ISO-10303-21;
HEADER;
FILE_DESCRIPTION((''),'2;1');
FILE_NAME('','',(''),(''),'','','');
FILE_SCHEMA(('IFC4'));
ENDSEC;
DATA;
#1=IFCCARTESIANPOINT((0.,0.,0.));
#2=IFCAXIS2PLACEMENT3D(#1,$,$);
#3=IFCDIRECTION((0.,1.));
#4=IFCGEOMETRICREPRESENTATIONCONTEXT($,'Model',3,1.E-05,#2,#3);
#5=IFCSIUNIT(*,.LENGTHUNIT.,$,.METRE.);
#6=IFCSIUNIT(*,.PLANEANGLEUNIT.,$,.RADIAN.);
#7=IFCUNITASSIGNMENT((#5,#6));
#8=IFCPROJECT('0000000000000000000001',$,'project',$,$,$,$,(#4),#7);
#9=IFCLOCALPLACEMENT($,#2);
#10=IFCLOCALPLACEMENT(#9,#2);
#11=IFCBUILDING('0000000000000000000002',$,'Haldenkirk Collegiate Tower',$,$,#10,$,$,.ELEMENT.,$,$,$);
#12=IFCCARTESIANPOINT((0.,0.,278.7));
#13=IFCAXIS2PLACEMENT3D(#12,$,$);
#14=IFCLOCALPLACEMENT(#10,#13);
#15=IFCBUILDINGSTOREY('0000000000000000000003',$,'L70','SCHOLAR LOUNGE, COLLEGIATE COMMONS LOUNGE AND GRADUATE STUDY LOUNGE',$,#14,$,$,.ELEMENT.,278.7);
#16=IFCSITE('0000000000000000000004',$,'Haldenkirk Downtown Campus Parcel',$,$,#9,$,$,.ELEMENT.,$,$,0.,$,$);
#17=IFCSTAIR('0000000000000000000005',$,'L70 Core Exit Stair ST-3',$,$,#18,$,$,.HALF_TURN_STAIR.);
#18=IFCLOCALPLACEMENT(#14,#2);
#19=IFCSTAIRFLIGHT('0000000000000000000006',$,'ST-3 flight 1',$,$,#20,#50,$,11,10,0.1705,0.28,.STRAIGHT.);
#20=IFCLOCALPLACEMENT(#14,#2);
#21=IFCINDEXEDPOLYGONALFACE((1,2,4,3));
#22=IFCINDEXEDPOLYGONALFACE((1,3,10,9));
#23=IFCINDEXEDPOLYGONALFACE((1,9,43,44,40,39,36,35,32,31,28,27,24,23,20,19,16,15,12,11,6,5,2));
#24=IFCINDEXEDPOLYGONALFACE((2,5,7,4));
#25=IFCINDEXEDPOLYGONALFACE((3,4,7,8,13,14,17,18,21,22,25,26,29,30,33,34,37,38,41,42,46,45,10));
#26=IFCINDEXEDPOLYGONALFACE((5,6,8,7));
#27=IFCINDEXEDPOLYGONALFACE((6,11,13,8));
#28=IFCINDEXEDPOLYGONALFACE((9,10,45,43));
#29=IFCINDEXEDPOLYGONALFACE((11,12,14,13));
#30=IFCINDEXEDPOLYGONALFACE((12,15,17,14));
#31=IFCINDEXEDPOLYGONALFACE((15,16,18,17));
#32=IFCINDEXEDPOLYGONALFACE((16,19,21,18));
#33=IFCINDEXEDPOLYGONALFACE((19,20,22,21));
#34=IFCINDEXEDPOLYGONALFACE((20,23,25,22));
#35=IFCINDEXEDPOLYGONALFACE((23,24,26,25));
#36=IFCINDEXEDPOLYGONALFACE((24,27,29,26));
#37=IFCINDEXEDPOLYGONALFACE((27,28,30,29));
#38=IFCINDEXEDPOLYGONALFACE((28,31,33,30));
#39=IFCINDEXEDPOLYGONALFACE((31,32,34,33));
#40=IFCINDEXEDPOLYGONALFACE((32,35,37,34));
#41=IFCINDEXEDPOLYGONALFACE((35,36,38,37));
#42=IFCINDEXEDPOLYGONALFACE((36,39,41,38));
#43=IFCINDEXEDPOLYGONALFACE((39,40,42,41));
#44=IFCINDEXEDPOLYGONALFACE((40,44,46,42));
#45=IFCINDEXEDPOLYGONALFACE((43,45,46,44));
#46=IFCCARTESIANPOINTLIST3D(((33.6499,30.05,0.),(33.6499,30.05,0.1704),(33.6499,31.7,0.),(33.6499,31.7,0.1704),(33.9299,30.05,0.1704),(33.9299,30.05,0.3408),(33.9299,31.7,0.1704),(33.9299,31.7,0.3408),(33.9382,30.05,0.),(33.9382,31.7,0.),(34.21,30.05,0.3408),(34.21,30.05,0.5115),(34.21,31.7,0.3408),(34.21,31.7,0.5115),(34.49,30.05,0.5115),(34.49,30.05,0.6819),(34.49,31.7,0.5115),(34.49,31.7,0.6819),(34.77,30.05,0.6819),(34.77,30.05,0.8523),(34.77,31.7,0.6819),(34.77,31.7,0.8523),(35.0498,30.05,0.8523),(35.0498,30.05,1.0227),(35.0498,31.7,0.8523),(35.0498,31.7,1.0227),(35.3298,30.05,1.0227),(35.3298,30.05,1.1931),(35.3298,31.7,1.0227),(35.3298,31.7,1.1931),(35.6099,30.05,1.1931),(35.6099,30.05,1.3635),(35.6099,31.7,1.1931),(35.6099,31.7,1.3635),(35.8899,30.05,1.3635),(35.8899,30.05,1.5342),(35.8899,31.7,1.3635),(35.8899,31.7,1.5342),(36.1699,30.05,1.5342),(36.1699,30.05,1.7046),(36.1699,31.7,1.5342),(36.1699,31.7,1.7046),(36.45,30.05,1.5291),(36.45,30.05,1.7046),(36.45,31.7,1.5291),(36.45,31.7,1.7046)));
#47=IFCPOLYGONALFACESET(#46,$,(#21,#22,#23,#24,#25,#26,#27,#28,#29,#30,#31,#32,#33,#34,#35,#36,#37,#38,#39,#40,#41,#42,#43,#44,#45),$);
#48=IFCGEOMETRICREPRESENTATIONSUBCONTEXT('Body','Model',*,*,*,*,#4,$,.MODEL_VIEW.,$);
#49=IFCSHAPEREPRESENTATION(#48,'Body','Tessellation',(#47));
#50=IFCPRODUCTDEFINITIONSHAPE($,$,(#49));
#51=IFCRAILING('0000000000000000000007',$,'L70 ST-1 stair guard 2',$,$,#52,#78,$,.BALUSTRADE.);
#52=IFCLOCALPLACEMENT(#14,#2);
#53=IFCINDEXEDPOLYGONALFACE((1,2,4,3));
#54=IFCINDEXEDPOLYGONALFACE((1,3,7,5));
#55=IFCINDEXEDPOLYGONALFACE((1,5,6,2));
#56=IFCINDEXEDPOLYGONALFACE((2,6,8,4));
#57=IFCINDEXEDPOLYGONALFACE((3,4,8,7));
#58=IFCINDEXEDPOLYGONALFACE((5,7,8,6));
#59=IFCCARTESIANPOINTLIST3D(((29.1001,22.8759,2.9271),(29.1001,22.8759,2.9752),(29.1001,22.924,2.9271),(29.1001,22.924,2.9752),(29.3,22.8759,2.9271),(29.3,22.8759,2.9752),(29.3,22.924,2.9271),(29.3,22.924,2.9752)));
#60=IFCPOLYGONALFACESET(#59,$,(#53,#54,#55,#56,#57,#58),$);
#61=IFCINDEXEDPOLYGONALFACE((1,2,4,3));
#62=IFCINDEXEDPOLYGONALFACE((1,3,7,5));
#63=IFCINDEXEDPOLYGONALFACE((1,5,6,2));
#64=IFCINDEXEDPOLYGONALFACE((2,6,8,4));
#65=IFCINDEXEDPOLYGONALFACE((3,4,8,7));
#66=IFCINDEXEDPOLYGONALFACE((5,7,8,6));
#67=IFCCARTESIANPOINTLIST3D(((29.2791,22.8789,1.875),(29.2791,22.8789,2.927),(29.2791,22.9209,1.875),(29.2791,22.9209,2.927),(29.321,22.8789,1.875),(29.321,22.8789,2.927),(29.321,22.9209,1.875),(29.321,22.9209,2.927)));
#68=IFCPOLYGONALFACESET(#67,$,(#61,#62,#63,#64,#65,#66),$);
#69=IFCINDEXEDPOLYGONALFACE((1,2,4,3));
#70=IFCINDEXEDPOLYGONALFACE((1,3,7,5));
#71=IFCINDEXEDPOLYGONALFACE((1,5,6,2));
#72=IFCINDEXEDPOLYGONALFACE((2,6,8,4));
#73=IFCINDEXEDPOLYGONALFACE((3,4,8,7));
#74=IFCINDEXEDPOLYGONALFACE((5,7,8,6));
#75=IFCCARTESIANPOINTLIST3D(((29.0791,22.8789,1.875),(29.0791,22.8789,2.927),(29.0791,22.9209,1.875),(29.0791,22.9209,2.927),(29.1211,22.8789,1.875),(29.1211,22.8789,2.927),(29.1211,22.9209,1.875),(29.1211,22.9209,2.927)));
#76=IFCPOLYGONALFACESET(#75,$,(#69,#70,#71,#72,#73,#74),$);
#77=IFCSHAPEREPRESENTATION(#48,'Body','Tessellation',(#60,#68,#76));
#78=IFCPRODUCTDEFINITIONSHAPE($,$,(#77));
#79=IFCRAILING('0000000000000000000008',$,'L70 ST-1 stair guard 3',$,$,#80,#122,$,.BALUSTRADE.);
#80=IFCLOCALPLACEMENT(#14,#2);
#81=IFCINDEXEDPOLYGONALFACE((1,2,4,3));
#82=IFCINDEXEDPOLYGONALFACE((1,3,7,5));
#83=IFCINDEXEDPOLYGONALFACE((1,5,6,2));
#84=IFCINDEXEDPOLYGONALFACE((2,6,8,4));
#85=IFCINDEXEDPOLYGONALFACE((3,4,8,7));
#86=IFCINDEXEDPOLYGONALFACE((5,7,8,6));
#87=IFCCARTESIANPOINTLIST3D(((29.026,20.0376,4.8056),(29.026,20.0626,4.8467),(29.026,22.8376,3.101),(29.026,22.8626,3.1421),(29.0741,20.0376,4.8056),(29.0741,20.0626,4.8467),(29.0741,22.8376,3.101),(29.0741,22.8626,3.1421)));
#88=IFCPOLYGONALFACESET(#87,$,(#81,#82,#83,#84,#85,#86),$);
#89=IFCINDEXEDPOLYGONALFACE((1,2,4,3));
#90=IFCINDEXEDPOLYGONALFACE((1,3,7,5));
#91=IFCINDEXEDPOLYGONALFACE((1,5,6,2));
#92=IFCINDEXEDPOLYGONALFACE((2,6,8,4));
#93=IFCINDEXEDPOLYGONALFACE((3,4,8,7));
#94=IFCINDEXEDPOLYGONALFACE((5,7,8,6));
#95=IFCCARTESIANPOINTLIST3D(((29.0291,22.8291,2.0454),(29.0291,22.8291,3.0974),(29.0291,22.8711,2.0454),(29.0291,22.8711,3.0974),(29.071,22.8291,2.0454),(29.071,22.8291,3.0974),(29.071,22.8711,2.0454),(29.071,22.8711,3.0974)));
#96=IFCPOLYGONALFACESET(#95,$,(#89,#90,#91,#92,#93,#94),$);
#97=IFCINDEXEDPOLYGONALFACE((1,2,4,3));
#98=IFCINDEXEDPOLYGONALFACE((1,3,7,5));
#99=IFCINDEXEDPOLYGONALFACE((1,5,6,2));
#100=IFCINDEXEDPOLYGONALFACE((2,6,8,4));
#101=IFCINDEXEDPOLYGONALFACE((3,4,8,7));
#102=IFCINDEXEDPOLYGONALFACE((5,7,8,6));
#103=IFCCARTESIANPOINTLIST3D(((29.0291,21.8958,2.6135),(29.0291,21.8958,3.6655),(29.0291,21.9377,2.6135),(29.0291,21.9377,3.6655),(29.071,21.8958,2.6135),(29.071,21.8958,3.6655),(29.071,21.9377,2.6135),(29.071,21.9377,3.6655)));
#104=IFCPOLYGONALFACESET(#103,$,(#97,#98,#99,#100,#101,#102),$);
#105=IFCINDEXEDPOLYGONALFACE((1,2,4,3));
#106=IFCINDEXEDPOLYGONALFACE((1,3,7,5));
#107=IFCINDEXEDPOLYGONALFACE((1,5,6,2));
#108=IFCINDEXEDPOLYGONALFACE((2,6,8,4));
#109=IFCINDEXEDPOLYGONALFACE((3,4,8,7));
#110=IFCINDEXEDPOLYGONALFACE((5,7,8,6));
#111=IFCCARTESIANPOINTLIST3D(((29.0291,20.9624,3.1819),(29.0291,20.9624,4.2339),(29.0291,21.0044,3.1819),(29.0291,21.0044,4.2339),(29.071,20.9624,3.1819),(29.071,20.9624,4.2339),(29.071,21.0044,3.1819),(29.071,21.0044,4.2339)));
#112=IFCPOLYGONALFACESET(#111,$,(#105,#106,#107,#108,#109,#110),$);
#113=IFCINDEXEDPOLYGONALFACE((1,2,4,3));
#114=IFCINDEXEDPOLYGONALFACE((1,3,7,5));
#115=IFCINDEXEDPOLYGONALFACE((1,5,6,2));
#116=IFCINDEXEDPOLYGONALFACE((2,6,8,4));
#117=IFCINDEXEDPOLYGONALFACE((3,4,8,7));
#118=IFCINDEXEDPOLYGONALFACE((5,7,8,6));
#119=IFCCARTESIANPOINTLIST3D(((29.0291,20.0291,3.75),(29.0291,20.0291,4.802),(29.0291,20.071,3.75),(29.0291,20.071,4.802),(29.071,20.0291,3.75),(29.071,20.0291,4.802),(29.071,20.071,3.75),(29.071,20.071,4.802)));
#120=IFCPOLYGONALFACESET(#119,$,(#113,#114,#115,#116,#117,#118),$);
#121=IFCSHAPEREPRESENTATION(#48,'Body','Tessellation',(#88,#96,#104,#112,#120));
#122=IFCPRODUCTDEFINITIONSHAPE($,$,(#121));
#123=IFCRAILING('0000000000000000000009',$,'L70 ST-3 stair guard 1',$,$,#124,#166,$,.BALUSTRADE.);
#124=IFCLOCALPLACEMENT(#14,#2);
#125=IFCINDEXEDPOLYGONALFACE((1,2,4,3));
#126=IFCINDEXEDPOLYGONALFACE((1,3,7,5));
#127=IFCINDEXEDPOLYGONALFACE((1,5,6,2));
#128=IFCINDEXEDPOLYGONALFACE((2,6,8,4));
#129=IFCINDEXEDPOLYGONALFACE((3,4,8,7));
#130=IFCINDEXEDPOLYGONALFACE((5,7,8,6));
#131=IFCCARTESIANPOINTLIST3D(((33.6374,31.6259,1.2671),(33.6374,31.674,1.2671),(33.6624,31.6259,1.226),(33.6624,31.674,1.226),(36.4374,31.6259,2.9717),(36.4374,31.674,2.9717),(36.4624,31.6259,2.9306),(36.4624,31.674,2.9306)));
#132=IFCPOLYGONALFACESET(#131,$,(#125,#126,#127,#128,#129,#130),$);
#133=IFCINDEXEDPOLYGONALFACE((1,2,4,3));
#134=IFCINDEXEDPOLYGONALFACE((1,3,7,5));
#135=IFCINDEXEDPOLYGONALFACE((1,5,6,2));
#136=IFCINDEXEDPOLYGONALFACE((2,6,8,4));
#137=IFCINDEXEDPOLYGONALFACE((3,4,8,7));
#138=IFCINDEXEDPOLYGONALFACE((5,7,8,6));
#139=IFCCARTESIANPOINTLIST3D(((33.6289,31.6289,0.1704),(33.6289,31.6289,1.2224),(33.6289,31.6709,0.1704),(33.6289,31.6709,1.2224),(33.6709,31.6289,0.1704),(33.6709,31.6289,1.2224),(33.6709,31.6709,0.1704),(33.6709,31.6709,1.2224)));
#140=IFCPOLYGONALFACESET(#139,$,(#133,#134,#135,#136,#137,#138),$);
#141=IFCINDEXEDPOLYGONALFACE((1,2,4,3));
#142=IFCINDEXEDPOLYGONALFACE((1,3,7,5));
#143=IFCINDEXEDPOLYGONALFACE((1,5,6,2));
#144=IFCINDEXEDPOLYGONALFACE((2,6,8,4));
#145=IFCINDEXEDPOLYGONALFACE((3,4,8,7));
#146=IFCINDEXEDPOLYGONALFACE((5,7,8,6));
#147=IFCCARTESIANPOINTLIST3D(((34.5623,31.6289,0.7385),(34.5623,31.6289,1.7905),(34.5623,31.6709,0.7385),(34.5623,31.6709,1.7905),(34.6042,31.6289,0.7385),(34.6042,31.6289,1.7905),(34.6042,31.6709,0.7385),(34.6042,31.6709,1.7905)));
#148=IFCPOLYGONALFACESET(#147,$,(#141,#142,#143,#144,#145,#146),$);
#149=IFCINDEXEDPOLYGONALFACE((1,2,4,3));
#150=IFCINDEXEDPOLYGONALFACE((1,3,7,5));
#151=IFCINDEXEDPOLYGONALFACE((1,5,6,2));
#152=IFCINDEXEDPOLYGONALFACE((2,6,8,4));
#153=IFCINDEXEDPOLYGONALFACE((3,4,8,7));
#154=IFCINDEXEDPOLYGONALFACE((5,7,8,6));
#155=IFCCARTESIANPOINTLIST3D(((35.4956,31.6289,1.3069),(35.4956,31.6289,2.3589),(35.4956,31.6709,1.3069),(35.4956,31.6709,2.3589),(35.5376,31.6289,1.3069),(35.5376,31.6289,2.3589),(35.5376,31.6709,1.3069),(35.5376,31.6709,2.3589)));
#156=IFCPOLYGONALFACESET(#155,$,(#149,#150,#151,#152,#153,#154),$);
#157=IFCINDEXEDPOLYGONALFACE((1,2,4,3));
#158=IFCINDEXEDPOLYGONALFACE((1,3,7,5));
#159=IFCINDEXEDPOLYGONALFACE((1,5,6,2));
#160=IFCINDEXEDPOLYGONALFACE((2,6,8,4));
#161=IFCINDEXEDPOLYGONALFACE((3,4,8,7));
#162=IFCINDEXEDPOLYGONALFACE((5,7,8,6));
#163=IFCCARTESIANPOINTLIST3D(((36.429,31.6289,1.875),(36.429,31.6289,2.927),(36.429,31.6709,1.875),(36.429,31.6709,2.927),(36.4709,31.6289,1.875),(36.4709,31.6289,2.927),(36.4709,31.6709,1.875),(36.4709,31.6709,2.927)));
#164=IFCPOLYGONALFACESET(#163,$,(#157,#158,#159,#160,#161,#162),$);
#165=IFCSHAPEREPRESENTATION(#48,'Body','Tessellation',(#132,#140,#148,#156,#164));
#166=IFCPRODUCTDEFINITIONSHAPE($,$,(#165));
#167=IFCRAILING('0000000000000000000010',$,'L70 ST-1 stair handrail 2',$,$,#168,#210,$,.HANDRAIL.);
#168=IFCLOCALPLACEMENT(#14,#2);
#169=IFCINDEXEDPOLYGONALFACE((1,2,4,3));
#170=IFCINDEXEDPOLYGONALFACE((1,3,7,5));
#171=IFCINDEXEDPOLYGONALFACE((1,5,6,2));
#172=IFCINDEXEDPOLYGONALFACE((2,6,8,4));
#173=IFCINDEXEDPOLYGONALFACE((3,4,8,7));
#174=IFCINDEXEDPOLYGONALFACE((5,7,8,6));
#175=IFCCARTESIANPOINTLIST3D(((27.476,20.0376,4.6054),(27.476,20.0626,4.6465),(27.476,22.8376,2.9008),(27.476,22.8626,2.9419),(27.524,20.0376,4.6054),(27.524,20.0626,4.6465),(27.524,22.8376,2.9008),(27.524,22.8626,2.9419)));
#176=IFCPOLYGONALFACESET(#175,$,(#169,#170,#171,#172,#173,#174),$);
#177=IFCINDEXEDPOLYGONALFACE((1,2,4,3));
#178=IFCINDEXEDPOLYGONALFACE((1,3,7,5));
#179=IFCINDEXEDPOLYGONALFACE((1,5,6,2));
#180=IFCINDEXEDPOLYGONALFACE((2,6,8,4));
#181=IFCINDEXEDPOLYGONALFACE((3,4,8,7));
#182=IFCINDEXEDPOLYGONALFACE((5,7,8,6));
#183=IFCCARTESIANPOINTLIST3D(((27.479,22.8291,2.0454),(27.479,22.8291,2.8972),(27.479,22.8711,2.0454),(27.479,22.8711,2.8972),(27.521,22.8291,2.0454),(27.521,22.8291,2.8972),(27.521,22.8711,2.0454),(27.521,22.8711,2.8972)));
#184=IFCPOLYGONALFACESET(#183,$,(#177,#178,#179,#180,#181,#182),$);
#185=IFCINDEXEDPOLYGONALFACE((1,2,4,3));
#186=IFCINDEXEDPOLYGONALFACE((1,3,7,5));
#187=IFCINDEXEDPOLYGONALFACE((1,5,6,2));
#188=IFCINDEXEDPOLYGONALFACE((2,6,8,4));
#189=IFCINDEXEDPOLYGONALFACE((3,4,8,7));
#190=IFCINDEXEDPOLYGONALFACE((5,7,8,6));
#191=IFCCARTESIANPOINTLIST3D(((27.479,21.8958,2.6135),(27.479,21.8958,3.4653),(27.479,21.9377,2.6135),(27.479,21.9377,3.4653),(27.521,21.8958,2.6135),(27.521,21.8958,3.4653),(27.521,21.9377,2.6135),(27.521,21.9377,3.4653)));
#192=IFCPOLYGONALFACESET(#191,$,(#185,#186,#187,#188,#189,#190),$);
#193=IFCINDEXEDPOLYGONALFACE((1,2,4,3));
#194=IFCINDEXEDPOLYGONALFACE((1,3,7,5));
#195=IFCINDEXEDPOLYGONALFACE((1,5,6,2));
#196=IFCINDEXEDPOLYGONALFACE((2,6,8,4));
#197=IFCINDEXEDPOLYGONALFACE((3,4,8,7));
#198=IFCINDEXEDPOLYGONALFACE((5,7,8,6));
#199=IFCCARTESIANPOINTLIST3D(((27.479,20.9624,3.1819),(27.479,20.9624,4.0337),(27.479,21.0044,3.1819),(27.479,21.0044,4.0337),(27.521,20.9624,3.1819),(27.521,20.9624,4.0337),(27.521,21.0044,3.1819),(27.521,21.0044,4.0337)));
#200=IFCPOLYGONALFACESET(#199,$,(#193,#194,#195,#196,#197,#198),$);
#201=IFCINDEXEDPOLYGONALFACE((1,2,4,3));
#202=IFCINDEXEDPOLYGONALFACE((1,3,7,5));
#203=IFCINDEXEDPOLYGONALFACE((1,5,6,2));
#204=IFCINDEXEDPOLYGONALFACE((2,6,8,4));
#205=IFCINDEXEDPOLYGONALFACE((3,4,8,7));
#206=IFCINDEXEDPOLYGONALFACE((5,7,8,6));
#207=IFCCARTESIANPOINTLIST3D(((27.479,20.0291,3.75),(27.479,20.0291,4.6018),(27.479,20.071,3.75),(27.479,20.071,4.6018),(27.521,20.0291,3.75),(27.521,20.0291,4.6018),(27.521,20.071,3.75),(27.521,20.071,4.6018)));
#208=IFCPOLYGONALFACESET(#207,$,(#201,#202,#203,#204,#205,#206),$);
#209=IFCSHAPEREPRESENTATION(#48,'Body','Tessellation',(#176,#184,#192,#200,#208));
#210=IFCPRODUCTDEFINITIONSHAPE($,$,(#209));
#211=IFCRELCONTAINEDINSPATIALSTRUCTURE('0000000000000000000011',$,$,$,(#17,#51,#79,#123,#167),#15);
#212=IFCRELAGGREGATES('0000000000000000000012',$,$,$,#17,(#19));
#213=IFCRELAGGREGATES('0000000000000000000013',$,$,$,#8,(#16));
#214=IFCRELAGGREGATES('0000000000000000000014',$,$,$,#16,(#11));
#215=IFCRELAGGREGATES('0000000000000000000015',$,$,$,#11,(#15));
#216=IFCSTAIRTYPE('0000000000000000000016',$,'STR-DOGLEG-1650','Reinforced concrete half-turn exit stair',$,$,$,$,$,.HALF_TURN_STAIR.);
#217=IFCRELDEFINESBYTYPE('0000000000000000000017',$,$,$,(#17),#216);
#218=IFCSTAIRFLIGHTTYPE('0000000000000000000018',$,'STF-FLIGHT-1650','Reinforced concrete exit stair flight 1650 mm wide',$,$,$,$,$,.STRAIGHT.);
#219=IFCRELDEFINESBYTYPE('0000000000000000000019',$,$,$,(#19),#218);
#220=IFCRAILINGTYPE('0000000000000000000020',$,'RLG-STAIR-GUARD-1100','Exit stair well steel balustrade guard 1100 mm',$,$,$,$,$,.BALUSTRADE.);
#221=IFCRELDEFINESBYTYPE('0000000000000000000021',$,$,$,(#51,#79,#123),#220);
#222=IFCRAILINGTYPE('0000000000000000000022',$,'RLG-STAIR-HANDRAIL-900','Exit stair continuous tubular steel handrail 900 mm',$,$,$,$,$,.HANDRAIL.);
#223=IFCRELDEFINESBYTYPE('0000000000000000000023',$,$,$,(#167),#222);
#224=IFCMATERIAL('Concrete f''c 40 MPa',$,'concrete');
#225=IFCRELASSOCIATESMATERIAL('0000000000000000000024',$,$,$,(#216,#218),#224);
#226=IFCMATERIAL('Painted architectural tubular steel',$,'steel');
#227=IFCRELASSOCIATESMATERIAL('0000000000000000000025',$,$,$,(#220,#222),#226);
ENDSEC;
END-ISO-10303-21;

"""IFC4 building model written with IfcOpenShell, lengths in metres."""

from ifc_helpers import new_model, si_unit, direction, frame, origin, origin_2d, place, context, subcontext, project, spatial, polyline, rectangle, outline, extrude, material, type_object, element, aggregate, save


model = new_model("IFC4")

# Units and contexts
model_context = context("Model", 3, precision=1e-05, world=origin(), true_north=direction((0.0, 1.0)))
body_context = subcontext(model_context, "Body", "Model", "MODEL_VIEW")
ifc_project = project(units=[si_unit("LENGTHUNIT", "METRE"), si_unit("PLANEANGLEUNIT", "RADIAN")], contexts=[model_context])

# Site, building, storey
site_placement = place(None, origin())
site = spatial("IfcSite", under=ifc_project, at=site_placement, Name="Haldenkirk Downtown Campus Parcel", CompositionType="ELEMENT", RefElevation=0.0)
building_placement = place(site_placement, origin())
building = spatial("IfcBuilding", under=site, at=building_placement, Name="Haldenkirk Collegiate Tower", CompositionType="ELEMENT")
storey_placement = place(building_placement, frame((0.0, 0.0, 278.7)))
storey = spatial("IfcBuildingStorey", under=building, at=storey_placement, Name="L70", Description="SCHOLAR LOUNGE, COLLEGIATE COMMONS LOUNGE AND GRADUATE STUDY LOUNGE", CompositionType="ELEMENT", Elevation=278.7)

# Stair, stair flight
ifc_material_1 = material(Name="Concrete f'c 40 MPa", Category="concrete")
stair_type = type_object("IfcStairType", Name="STR-DOGLEG-1650", Description="Reinforced concrete half-turn exit stair", PredefinedType="HALF_TURN_STAIR", material=ifc_material_1)
stair_flight_type = type_object("IfcStairFlightType", Name="STF-FLIGHT-1650", Description="Reinforced concrete exit stair flight 1650 mm wide", PredefinedType="STRAIGHT", material=ifc_material_1)
stair_1_placement = place(storey_placement, origin())
stair_1 = element("IfcStair", 1, at=stair_1_placement, inside=storey, type_object=stair_type, Name="L70 Core Exit Stair ST-3", PredefinedType="HALF_TURN_STAIR")
stair_flight_1_placement = place(storey_placement, frame((33.6499, 30.875, 0.0), z_axis=(0.0, 0.0, 1.0), x_axis=(1.0, 0.0, 0.0)))
stair_flight_1 = element("IfcStairFlight", 2, at=stair_flight_1_placement, type_object=stair_flight_type, Name="ST-3 flight 1", NumberOfRisers=11, NumberOfTreads=10, PredefinedType="STRAIGHT", RiserHeight=0.1705, TreadLength=0.28, context=body_context, shape_type="SweptSolid", body=[
    extrude(outline(polyline([(0.0, 0.0), (0.0, 0.1704), (0.28, 0.1704), (0.28, 0.3408), (0.5601, 0.3408), (0.5601, 0.5115), (0.8401, 0.5115), (0.8401, 0.6819), (1.1201, 0.6819), (1.1201, 0.8523), (1.3999, 0.8523), (1.3999, 1.0227), (1.6799, 1.0227), (1.6799, 1.1931), (1.96, 1.1931), (1.96, 1.3635), (2.24, 1.3635), (2.24, 1.5342), (2.52, 1.5342), (2.52, 1.7046), (2.8, 1.7046), (2.8, 1.875), (2.8, 1.5291), (0.2883, 0.0), (0.0, 0.0)])), frame((0.0, 0.825, 0.0), z_axis=(0.0, -1.0, 0.0), x_axis=(1.0, 0.0, 0.0)), (0.0, 0.0, 1.0), 1.6499),
])
aggregate(stair_1, [stair_flight_1])

# Railings
ifc_material_2 = material(Name="Painted architectural tubular steel", Category="steel")
railing_type_1 = type_object("IfcRailingType", Name="RLG-STAIR-GUARD-1100", Description="Exit stair well steel balustrade guard 1100 mm", PredefinedType="BALUSTRADE", material=ifc_material_2)
railing_1_placement = place(storey_placement, frame((29.3, 22.8999, 1.875)))
element("IfcRailing", 3, at=railing_1_placement, inside=storey, type_object=railing_type_1, Name="L70 ST-1 stair guard 2", PredefinedType="BALUSTRADE", context=body_context, shape_type="SweptSolid", body=[
    extrude(rectangle(XDim=0.0481, YDim=0.0481, at=origin_2d()), frame((0.0, 0.0, 1.0762), z_axis=(-1.0, 0.0, 0.0), x_axis=(0.0, -1.0, 0.0)), (0.0, 0.0, 1.0), 0.2),
    extrude(rectangle(XDim=0.042, YDim=0.042, at=origin_2d()), origin(), (0.0, 0.0, 1.0), 1.052),
    extrude(rectangle(XDim=0.042, YDim=0.042, at=origin_2d()), frame((-0.2, 0.0, 0.0)), (0.0, 0.0, 1.0), 1.052),
])
railing_2_placement = place(storey_placement, frame((29.05, 22.8501, 2.0454)))
element("IfcRailing", 4, at=railing_2_placement, inside=storey, type_object=railing_type_1, Name="L70 ST-1 stair guard 3", PredefinedType="BALUSTRADE", context=body_context, shape_type="SweptSolid", body=[
    extrude(rectangle(XDim=0.0481, YDim=0.0481, at=origin_2d()), frame((0.0, 0.0, 1.0762), z_axis=(0.0, -0.85417, 0.519994), x_axis=(1.0, 0.0, 0.0)), (0.0, 0.0, 1.0), 3.2781),
    extrude(rectangle(XDim=0.042, YDim=0.042, at=origin_2d()), origin(), (0.0, 0.0, 1.0), 1.052),
    extrude(rectangle(XDim=0.042, YDim=0.042, at=origin_2d()), frame((0.0, -0.9333, 0.5681)), (0.0, 0.0, 1.0), 1.052),
    extrude(rectangle(XDim=0.042, YDim=0.042, at=origin_2d()), frame((0.0, -1.8667, 1.1365)), (0.0, 0.0, 1.0), 1.052),
    extrude(rectangle(XDim=0.042, YDim=0.042, at=origin_2d()), frame((0.0, -2.8, 1.7046)), (0.0, 0.0, 1.0), 1.052),
])
railing_3_placement = place(storey_placement, frame((33.6499, 31.6499, 0.1704)))
element("IfcRailing", 5, at=railing_3_placement, inside=storey, type_object=railing_type_1, Name="L70 ST-3 stair guard 1", PredefinedType="BALUSTRADE", context=body_context, shape_type="SweptSolid", body=[
    extrude(rectangle(XDim=0.0481, YDim=0.0481, at=origin_2d()), frame((0.0, 0.0, 1.0762), z_axis=(0.85417, 0.0, 0.519994), x_axis=(0.0, 1.0, 0.0)), (0.0, 0.0, 1.0), 3.2781),
    extrude(rectangle(XDim=0.042, YDim=0.042, at=origin_2d()), origin(), (0.0, 0.0, 1.0), 1.052),
    extrude(rectangle(XDim=0.042, YDim=0.042, at=origin_2d()), frame((0.9333, 0.0, 0.5681)), (0.0, 0.0, 1.0), 1.052),
    extrude(rectangle(XDim=0.042, YDim=0.042, at=origin_2d()), frame((1.8667, 0.0, 1.1365)), (0.0, 0.0, 1.0), 1.052),
    extrude(rectangle(XDim=0.042, YDim=0.042, at=origin_2d()), frame((2.8, 0.0, 1.7046)), (0.0, 0.0, 1.0), 1.052),
])
railing_type_2 = type_object("IfcRailingType", Name="RLG-STAIR-HANDRAIL-900", Description="Exit stair continuous tubular steel handrail 900 mm", PredefinedType="HANDRAIL", material=ifc_material_2)
railing_4_placement = place(storey_placement, frame((27.5, 22.8501, 2.0454)))
element("IfcRailing", 6, at=railing_4_placement, inside=storey, type_object=railing_type_2, Name="L70 ST-1 stair handrail 2", PredefinedType="HANDRAIL", context=body_context, shape_type="SweptSolid", body=[
    extrude(rectangle(XDim=0.0481, YDim=0.0481, at=origin_2d()), frame((0.0, 0.0, 0.876), z_axis=(0.0, -0.85417, 0.519994), x_axis=(1.0, 0.0, 0.0)), (0.0, 0.0, 1.0), 3.2781),
    extrude(rectangle(XDim=0.042, YDim=0.042, at=origin_2d()), origin(), (0.0, 0.0, 1.0), 0.8518),
    extrude(rectangle(XDim=0.042, YDim=0.042, at=origin_2d()), frame((0.0, -0.9333, 0.5681)), (0.0, 0.0, 1.0), 0.8518),
    extrude(rectangle(XDim=0.042, YDim=0.042, at=origin_2d()), frame((0.0, -1.8667, 1.1365)), (0.0, 0.0, 1.0), 0.8518),
    extrude(rectangle(XDim=0.042, YDim=0.042, at=origin_2d()), frame((0.0, -2.8, 1.7046)), (0.0, 0.0, 1.0), 0.8518),
])

save(model, "model.ifc")
